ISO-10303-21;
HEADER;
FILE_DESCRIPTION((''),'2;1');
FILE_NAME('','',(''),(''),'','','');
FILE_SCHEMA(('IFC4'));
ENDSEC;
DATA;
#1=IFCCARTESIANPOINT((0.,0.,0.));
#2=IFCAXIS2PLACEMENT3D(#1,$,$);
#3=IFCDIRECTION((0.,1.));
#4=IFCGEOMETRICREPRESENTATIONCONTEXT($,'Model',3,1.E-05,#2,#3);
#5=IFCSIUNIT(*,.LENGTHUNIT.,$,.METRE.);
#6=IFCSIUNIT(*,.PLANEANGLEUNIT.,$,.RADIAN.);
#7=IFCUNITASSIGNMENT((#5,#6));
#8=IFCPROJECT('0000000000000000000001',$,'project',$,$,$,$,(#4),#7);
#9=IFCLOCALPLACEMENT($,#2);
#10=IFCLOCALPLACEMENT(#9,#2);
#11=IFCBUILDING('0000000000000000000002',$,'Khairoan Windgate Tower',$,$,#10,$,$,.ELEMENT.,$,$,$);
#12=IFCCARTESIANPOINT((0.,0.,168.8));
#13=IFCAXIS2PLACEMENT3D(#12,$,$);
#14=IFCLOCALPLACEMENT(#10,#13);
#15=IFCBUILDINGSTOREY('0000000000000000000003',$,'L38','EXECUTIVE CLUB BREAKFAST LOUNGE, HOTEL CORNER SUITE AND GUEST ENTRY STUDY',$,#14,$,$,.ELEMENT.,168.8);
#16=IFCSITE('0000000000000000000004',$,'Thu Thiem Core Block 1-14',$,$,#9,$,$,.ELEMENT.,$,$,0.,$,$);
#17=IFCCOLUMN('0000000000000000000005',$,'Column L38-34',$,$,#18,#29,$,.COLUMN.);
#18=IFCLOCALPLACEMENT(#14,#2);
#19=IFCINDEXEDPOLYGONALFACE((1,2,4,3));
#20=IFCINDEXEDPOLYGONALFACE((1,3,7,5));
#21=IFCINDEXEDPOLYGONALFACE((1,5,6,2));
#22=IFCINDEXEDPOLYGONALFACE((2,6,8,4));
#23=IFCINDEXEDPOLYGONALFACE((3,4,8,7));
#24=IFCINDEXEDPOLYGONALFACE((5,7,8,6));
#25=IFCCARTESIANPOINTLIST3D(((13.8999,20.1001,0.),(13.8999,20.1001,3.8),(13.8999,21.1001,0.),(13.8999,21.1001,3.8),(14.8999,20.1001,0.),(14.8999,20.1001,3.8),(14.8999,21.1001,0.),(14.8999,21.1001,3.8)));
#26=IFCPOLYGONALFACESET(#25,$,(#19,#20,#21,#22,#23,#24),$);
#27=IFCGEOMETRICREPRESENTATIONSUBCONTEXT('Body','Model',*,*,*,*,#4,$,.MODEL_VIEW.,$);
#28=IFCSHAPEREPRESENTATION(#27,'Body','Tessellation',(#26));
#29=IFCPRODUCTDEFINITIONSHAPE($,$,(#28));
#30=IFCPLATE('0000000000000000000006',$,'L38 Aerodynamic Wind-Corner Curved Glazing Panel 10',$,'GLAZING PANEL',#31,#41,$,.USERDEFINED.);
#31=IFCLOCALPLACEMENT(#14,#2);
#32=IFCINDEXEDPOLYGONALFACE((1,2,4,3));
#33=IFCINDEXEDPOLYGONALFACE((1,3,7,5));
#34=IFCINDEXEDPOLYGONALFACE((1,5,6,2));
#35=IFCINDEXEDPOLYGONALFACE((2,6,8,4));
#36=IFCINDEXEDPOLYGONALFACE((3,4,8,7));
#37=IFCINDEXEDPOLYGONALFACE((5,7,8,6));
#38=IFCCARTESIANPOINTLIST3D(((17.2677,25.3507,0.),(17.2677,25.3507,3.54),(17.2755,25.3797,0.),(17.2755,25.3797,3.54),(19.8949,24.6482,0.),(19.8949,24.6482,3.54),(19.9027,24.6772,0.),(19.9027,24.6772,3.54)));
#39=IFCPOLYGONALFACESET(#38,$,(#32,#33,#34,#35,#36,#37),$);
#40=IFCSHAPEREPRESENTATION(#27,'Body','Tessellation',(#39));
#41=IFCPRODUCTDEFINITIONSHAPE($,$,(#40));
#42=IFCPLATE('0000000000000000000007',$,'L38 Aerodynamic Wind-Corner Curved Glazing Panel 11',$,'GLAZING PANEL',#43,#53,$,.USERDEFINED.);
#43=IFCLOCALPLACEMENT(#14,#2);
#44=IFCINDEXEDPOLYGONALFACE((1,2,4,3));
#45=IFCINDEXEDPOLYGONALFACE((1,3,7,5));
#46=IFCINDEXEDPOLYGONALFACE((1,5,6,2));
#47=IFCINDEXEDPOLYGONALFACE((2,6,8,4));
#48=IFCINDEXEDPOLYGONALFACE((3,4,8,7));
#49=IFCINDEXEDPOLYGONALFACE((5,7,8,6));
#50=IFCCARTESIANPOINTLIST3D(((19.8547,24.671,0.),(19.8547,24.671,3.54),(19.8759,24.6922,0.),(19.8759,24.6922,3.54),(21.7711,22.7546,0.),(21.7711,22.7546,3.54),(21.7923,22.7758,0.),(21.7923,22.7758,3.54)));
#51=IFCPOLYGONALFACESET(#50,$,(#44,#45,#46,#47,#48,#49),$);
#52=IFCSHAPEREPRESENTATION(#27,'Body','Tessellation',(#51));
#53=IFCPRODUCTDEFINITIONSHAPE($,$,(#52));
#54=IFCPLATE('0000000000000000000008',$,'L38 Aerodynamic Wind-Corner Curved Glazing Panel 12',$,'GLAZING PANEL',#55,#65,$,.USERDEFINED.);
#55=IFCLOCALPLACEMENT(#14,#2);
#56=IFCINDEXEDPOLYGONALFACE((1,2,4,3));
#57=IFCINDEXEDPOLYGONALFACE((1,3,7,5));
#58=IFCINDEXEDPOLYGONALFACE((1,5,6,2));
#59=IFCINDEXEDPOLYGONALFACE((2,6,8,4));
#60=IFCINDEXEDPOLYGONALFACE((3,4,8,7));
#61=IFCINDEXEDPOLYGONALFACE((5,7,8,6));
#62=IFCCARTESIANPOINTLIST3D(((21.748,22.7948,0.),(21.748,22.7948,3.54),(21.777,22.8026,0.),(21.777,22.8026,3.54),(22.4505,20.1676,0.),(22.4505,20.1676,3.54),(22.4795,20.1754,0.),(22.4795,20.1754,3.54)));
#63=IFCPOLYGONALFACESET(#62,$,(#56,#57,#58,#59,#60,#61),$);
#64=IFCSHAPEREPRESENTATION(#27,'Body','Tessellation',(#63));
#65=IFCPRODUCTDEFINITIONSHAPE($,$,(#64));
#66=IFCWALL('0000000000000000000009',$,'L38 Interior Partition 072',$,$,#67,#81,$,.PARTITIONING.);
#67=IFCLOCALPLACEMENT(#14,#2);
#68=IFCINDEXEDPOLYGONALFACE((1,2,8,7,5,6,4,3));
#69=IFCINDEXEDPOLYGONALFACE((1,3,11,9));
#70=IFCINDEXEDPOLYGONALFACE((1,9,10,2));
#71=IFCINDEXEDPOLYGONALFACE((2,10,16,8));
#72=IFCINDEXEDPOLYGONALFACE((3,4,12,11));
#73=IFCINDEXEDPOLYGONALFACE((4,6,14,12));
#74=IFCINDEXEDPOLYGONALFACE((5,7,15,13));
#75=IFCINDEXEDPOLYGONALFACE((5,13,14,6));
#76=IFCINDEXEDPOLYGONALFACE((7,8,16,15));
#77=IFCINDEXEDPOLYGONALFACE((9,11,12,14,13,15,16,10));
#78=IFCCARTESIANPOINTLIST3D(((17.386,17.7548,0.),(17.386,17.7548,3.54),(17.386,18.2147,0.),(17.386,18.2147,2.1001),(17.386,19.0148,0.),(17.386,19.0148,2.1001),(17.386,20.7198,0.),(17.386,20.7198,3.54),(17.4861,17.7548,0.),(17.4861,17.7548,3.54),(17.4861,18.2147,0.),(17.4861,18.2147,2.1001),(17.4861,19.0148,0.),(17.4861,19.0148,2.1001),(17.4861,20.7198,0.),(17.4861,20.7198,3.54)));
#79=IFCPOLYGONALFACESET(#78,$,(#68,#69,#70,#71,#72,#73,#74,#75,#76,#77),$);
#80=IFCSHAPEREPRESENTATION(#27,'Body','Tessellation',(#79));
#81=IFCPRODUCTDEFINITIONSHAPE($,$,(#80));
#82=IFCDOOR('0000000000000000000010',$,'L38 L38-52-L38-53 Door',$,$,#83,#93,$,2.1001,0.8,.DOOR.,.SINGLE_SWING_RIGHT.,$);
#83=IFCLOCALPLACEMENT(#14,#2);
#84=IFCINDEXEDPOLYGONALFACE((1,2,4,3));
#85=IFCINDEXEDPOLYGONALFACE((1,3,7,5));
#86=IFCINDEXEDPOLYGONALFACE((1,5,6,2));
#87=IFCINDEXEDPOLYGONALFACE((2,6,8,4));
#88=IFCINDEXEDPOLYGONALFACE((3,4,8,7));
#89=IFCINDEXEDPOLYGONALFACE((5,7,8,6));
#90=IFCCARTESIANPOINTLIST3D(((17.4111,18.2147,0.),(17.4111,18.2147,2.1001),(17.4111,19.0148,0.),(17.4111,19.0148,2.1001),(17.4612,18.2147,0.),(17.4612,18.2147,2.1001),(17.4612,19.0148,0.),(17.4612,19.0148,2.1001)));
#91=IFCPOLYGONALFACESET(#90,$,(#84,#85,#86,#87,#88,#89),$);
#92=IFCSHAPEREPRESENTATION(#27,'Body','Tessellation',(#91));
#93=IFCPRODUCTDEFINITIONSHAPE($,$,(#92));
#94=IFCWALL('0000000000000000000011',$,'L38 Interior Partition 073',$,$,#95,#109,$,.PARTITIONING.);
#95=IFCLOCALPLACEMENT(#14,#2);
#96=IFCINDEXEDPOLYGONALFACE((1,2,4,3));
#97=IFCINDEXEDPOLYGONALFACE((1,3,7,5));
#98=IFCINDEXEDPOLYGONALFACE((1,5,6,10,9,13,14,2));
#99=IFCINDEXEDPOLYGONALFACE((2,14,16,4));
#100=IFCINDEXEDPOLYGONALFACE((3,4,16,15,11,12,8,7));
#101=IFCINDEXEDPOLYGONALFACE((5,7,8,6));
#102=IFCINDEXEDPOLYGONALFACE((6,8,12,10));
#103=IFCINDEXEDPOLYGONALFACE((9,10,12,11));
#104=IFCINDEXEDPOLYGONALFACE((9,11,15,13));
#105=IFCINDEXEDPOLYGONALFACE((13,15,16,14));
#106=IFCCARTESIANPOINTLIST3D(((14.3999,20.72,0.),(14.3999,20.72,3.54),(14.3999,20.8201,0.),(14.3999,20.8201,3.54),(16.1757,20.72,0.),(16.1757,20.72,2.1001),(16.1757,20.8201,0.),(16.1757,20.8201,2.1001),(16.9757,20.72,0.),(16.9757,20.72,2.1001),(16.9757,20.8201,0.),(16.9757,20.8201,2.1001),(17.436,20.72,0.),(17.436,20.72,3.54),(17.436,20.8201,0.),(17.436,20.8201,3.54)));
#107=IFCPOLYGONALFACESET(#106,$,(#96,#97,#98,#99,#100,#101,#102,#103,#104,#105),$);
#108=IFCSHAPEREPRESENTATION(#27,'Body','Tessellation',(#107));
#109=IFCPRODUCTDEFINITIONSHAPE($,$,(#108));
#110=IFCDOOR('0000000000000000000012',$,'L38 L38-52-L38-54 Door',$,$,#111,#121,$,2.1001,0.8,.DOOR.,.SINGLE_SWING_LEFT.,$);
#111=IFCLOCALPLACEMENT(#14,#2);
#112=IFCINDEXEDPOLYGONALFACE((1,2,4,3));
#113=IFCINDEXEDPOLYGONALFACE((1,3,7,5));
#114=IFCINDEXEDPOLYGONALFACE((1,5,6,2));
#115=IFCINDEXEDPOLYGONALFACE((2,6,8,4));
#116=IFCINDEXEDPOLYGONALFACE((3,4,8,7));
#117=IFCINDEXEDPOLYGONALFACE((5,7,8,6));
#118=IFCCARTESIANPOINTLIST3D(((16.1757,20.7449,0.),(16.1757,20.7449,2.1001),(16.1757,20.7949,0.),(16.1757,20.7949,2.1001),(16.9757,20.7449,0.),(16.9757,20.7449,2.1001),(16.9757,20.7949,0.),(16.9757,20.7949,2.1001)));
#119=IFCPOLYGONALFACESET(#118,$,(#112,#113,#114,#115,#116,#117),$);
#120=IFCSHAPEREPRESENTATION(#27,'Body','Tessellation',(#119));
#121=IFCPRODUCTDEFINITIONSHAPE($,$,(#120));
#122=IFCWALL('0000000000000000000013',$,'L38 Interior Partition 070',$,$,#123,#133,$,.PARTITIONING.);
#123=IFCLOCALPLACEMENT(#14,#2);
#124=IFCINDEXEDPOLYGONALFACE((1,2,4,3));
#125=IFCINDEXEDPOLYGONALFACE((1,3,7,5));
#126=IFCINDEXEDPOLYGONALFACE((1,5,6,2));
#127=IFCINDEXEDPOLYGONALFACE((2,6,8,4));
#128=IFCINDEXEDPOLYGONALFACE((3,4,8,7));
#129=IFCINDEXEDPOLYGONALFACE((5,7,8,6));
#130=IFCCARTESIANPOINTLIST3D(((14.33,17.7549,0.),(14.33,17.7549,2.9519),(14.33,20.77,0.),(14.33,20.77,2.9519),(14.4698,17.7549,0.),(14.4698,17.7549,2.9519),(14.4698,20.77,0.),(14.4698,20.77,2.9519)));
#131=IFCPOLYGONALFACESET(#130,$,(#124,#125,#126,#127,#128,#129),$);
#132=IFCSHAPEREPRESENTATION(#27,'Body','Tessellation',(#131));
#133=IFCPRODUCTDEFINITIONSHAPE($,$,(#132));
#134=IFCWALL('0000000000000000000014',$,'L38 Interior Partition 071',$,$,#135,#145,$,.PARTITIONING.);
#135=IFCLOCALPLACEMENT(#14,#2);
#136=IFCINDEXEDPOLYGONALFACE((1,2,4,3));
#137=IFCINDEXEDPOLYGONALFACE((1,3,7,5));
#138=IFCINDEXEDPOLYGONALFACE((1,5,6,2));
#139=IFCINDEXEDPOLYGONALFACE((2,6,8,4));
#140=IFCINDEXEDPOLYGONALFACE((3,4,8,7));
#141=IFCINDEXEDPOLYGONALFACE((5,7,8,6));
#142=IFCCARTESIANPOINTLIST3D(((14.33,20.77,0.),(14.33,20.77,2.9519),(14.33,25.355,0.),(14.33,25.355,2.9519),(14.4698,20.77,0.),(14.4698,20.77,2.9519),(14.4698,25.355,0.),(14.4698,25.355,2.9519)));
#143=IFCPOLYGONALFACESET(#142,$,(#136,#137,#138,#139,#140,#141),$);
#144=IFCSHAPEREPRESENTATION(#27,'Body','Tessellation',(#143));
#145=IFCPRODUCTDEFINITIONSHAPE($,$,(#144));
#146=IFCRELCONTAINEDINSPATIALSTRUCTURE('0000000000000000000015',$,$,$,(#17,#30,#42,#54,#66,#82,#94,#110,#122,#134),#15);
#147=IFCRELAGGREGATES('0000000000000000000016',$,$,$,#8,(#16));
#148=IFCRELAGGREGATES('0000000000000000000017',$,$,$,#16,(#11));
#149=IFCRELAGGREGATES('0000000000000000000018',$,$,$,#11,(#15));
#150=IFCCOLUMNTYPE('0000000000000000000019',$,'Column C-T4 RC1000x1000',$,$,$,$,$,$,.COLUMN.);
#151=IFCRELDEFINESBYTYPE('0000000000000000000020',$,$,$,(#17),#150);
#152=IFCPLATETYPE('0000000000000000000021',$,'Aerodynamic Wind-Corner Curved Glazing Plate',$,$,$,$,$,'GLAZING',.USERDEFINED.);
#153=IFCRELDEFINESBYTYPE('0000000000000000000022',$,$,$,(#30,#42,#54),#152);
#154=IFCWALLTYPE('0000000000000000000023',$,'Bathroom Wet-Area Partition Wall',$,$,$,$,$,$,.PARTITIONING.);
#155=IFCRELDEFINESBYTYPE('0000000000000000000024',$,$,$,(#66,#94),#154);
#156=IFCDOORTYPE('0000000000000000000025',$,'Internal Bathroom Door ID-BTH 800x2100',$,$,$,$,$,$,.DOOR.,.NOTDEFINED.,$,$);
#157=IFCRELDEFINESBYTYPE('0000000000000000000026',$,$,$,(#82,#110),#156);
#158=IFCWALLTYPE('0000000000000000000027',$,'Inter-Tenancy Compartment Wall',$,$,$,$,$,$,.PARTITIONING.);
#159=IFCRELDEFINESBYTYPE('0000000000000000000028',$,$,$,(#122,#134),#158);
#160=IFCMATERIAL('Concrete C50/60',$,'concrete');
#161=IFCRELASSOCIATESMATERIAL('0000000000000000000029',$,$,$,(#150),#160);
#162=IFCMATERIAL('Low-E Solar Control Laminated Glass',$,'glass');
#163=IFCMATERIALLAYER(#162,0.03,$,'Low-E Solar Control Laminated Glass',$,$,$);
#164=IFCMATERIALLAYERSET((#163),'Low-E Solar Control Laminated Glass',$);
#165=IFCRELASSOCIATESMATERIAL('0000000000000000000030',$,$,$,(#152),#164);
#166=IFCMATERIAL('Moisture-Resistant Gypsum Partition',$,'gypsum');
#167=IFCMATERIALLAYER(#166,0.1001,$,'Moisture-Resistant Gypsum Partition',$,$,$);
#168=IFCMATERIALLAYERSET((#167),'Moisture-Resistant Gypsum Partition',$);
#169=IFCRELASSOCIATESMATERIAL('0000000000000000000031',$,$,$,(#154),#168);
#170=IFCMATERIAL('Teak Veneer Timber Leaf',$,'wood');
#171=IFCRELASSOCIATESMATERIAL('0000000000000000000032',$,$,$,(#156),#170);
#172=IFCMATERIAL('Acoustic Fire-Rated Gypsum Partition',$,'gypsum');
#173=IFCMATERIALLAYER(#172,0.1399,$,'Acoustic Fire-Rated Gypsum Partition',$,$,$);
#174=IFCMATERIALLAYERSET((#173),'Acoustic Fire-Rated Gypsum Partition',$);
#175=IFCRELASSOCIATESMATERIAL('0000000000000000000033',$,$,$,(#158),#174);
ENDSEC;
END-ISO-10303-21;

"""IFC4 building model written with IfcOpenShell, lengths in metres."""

from ifc_helpers import new_model, si_unit, direction, frame, frame_2d, origin, origin_2d, place, context, subcontext, project, spatial, rectangle, extrude, material, layer, layer_set, material_profile, profile_set, type_object, element, fill, save


model = new_model("IFC4")

# Units and contexts
model_context = context("Model", 3, precision=1e-05, world=origin(), true_north=direction((0.0, 1.0)))
body_context = subcontext(model_context, "Body", "Model", "MODEL_VIEW")
ifc_project = project(units=[si_unit("LENGTHUNIT", "METRE"), si_unit("PLANEANGLEUNIT", "RADIAN")], contexts=[model_context])

# Site, building, storey
site_placement = place(None, origin())
site = spatial("IfcSite", under=ifc_project, at=site_placement, Name="Thu Thiem Core Block 1-14", CompositionType="ELEMENT", RefElevation=0.0)
building_placement = place(site_placement, origin())
building = spatial("IfcBuilding", under=site, at=building_placement, Name="Khairoan Windgate Tower", CompositionType="ELEMENT")
storey_placement = place(building_placement, frame((0.0, 0.0, 168.8)))
storey = spatial("IfcBuildingStorey", under=building, at=storey_placement, Name="L38", Description="EXECUTIVE CLUB BREAKFAST LOUNGE, HOTEL CORNER SUITE AND GUEST ENTRY STUDY", CompositionType="ELEMENT", Elevation=168.8)

# Column
ifc_material_1 = material(Name="Concrete C50/60", Category="concrete")
ifc_material_profile_1 = material_profile(ifc_material_1, rectangle(XDim=1.0, YDim=1.0, at=origin_2d()))
ifc_profile_set_1 = profile_set([ifc_material_profile_1], Name="Concrete C50/60")
column_type = type_object("IfcColumnType", Name="Column C-T4 RC1000x1000", PredefinedType="COLUMN", material=ifc_profile_set_1)
column_placement = place(storey_placement, frame((14.3999, 20.6001, 0.0), z_axis=(0.0, 0.0, 1.0), x_axis=(1.0, 0.0, 0.0)))
element("IfcColumn", 1, at=column_placement, inside=storey, type_object=column_type, Name="Column L38-34", PredefinedType="COLUMN", context=body_context, shape_type="SweptSolid", body=[
    extrude(rectangle(XDim=1.0, YDim=1.0, at=origin_2d()), origin(), (0.0, 0.0, 1.0), 3.8),
])

# Plates
ifc_material_2 = material(Name="Low-E Solar Control Laminated Glass", Category="glass")
ifc_layer_1 = layer(ifc_material_2, 0.03, Name="Low-E Solar Control Laminated Glass")
ifc_layer_set_1 = layer_set([ifc_layer_1], Name="Low-E Solar Control Laminated Glass")
plate_type_1 = type_object("IfcPlateType", Name="Aerodynamic Wind-Corner Curved Glazing Plate", ElementType="GLAZING", PredefinedType="USERDEFINED", material=ifc_layer_set_1)
plate_1_placement = place(storey_placement, frame((18.5852, 25.0139, 0.0), z_axis=(0.0, 0.0, 1.0), x_axis=(0.966061, -0.258313, 0.0)))
element("IfcPlate", 2, at=plate_1_placement, inside=storey, type_object=plate_type_1, Name="L38 Aerodynamic Wind-Corner Curved Glazing Panel 10", ObjectType="GLAZING PANEL", PredefinedType="USERDEFINED", context=body_context, shape_type="SweptSolid", body=[
    extrude(rectangle(XDim=2.7195, YDim=0.03, at=origin_2d()), origin(), (0.0, 0.0, 1.0), 3.54),
])
plate_2_placement = place(storey_placement, frame((20.8235, 23.7234, 0.0), z_axis=(0.0, 0.0, 1.0), x_axis=(0.707107, -0.707107, 0.0)))
element("IfcPlate", 3, at=plate_2_placement, inside=storey, type_object=plate_type_1, Name="L38 Aerodynamic Wind-Corner Curved Glazing Panel 11", ObjectType="GLAZING PANEL", PredefinedType="USERDEFINED", context=body_context, shape_type="SweptSolid", body=[
    extrude(rectangle(XDim=2.7102, YDim=0.03, at=origin_2d()), origin(), (0.0, 0.0, 1.0), 3.54),
])
plate_3_placement = place(storey_placement, frame((22.1138, 21.4851, 0.0), z_axis=(0.0, 0.0, 1.0), x_axis=(0.258313, -0.966061, 0.0)))
element("IfcPlate", 4, at=plate_3_placement, inside=storey, type_object=plate_type_1, Name="L38 Aerodynamic Wind-Corner Curved Glazing Panel 12", ObjectType="GLAZING PANEL", PredefinedType="USERDEFINED", context=body_context, shape_type="SweptSolid", body=[
    extrude(rectangle(XDim=2.7195, YDim=0.03, at=origin_2d()), origin(), (0.0, 0.0, 1.0), 3.54),
])

# Walls, openings, doors
ifc_material_3 = material(Name="Moisture-Resistant Gypsum Partition", Category="gypsum")
ifc_layer_2 = layer(ifc_material_3, 0.1001, Name="Moisture-Resistant Gypsum Partition")
ifc_layer_set_2 = layer_set([ifc_layer_2], Name="Moisture-Resistant Gypsum Partition")
wall_type_1 = type_object("IfcWallType", Name="Bathroom Wet-Area Partition Wall", PredefinedType="PARTITIONING", material=ifc_layer_set_2)
wall_1_placement = place(storey_placement, frame((17.436, 17.7549, 0.0), z_axis=(0.0, 0.0, 1.0), x_axis=(0.0, 1.0, 0.0)))
wall_1 = element("IfcWall", 5, at=wall_1_placement, inside=storey, type_object=wall_type_1, Name="L38 Interior Partition 072", PredefinedType="PARTITIONING", context=body_context, shape_type="SweptSolid", body=[
    extrude(rectangle(XDim=2.9651, YDim=0.1001, at=frame_2d((1.4824, 0.0))), origin(), (0.0, 0.0, 1.0), 3.54),
])
opening_1_placement = place(wall_1_placement, frame((0.46, 0.0, 0.0)))
opening_1 = element("IfcOpeningElement", 6, at=opening_1_placement, cuts=wall_1, PredefinedType="OPENING", context=body_context, shape_type="SweptSolid", body=[
    extrude(rectangle(XDim=0.8, YDim=2.1001, at=frame_2d((0.3999, 1.05))), frame((0.0, 0.0601, 0.0), z_axis=(0.0, -1.0, 0.0), x_axis=(1.0, 0.0, 0.0)), (0.0, 0.0, 1.0), 0.1201),
])
ifc_material_4 = material(Name="Teak Veneer Timber Leaf", Category="wood")
door_type_1 = type_object("IfcDoorType", Name="Internal Bathroom Door ID-BTH 800x2100", OperationType="NOTDEFINED", PredefinedType="DOOR", material=ifc_material_4)
door_1_placement = place(opening_1_placement, origin())
door_1 = element("IfcDoor", 7, at=door_1_placement, inside=storey, type_object=door_type_1, Name="L38 L38-52-L38-53 Door", OperationType="SINGLE_SWING_RIGHT", OverallHeight=2.1001, OverallWidth=0.8, PredefinedType="DOOR", context=body_context, shape_type="SweptSolid", body=[
    extrude(rectangle(XDim=0.8, YDim=2.1001, at=frame_2d((0.3999, 1.05))), frame((0.0, 0.0249, 0.0), z_axis=(0.0, -1.0, 0.0), x_axis=(1.0, 0.0, 0.0)), (0.0, 0.0, 1.0), 0.05),
])
fill(opening_1, door_1)
wall_2_placement = place(storey_placement, frame((14.3999, 20.77, 0.0), z_axis=(0.0, 0.0, 1.0), x_axis=(1.0, 0.0, 0.0)))
wall_2 = element("IfcWall", 8, at=wall_2_placement, inside=storey, type_object=wall_type_1, Name="L38 Interior Partition 073", PredefinedType="PARTITIONING", context=body_context, shape_type="SweptSolid", body=[
    extrude(rectangle(XDim=3.0361, YDim=0.1001, at=frame_2d((1.5181, 0.0))), origin(), (0.0, 0.0, 1.0), 3.54),
])
opening_2_placement = place(wall_2_placement, frame((1.7759, 0.0, 0.0)))
opening_2 = element("IfcOpeningElement", 9, at=opening_2_placement, cuts=wall_2, PredefinedType="OPENING", context=body_context, shape_type="SweptSolid", body=[
    extrude(rectangle(XDim=0.8, YDim=2.1001, at=frame_2d((0.3999, 1.05))), frame((0.0, 0.0601, 0.0), z_axis=(0.0, -1.0, 0.0), x_axis=(1.0, 0.0, 0.0)), (0.0, 0.0, 1.0), 0.1201),
])
door_2_placement = place(opening_2_placement, origin())
door_2 = element("IfcDoor", 10, at=door_2_placement, inside=storey, type_object=door_type_1, Name="L38 L38-52-L38-54 Door", OperationType="SINGLE_SWING_LEFT", OverallHeight=2.1001, OverallWidth=0.8, PredefinedType="DOOR", context=body_context, shape_type="SweptSolid", body=[
    extrude(rectangle(XDim=0.8, YDim=2.1001, at=frame_2d((0.3999, 1.05))), frame((0.0, 0.0249, 0.0), z_axis=(0.0, -1.0, 0.0), x_axis=(1.0, 0.0, 0.0)), (0.0, 0.0, 1.0), 0.05),
])
fill(opening_2, door_2)

# Walls
ifc_material_5 = material(Name="Acoustic Fire-Rated Gypsum Partition", Category="gypsum")
ifc_layer_3 = layer(ifc_material_5, 0.1399, Name="Acoustic Fire-Rated Gypsum Partition")
ifc_layer_set_3 = layer_set([ifc_layer_3], Name="Acoustic Fire-Rated Gypsum Partition")
wall_type_2 = type_object("IfcWallType", Name="Inter-Tenancy Compartment Wall", PredefinedType="PARTITIONING", material=ifc_layer_set_3)
wall_3_placement = place(storey_placement, frame((14.3999, 17.7549, 0.0), z_axis=(0.0, 0.0, 1.0), x_axis=(0.0, 1.0, 0.0)))
element("IfcWall", 11, at=wall_3_placement, inside=storey, type_object=wall_type_2, Name="L38 Interior Partition 070", PredefinedType="PARTITIONING", context=body_context, shape_type="SweptSolid", body=[
    extrude(rectangle(XDim=3.0151, YDim=0.1399, at=frame_2d((1.5076, 0.0))), origin(), (0.0, 0.0, 1.0), 2.9519),
])
wall_4_placement = place(storey_placement, frame((14.3999, 20.77, 0.0), z_axis=(0.0, 0.0, 1.0), x_axis=(0.0, 1.0, 0.0)))
element("IfcWall", 12, at=wall_4_placement, inside=storey, type_object=wall_type_2, Name="L38 Interior Partition 071", PredefinedType="PARTITIONING", context=body_context, shape_type="SweptSolid", body=[
    extrude(rectangle(XDim=4.585, YDim=0.1399, at=frame_2d((2.2925, 0.0))), origin(), (0.0, 0.0, 1.0), 2.9519),
])

save(model, "model.ifc")
